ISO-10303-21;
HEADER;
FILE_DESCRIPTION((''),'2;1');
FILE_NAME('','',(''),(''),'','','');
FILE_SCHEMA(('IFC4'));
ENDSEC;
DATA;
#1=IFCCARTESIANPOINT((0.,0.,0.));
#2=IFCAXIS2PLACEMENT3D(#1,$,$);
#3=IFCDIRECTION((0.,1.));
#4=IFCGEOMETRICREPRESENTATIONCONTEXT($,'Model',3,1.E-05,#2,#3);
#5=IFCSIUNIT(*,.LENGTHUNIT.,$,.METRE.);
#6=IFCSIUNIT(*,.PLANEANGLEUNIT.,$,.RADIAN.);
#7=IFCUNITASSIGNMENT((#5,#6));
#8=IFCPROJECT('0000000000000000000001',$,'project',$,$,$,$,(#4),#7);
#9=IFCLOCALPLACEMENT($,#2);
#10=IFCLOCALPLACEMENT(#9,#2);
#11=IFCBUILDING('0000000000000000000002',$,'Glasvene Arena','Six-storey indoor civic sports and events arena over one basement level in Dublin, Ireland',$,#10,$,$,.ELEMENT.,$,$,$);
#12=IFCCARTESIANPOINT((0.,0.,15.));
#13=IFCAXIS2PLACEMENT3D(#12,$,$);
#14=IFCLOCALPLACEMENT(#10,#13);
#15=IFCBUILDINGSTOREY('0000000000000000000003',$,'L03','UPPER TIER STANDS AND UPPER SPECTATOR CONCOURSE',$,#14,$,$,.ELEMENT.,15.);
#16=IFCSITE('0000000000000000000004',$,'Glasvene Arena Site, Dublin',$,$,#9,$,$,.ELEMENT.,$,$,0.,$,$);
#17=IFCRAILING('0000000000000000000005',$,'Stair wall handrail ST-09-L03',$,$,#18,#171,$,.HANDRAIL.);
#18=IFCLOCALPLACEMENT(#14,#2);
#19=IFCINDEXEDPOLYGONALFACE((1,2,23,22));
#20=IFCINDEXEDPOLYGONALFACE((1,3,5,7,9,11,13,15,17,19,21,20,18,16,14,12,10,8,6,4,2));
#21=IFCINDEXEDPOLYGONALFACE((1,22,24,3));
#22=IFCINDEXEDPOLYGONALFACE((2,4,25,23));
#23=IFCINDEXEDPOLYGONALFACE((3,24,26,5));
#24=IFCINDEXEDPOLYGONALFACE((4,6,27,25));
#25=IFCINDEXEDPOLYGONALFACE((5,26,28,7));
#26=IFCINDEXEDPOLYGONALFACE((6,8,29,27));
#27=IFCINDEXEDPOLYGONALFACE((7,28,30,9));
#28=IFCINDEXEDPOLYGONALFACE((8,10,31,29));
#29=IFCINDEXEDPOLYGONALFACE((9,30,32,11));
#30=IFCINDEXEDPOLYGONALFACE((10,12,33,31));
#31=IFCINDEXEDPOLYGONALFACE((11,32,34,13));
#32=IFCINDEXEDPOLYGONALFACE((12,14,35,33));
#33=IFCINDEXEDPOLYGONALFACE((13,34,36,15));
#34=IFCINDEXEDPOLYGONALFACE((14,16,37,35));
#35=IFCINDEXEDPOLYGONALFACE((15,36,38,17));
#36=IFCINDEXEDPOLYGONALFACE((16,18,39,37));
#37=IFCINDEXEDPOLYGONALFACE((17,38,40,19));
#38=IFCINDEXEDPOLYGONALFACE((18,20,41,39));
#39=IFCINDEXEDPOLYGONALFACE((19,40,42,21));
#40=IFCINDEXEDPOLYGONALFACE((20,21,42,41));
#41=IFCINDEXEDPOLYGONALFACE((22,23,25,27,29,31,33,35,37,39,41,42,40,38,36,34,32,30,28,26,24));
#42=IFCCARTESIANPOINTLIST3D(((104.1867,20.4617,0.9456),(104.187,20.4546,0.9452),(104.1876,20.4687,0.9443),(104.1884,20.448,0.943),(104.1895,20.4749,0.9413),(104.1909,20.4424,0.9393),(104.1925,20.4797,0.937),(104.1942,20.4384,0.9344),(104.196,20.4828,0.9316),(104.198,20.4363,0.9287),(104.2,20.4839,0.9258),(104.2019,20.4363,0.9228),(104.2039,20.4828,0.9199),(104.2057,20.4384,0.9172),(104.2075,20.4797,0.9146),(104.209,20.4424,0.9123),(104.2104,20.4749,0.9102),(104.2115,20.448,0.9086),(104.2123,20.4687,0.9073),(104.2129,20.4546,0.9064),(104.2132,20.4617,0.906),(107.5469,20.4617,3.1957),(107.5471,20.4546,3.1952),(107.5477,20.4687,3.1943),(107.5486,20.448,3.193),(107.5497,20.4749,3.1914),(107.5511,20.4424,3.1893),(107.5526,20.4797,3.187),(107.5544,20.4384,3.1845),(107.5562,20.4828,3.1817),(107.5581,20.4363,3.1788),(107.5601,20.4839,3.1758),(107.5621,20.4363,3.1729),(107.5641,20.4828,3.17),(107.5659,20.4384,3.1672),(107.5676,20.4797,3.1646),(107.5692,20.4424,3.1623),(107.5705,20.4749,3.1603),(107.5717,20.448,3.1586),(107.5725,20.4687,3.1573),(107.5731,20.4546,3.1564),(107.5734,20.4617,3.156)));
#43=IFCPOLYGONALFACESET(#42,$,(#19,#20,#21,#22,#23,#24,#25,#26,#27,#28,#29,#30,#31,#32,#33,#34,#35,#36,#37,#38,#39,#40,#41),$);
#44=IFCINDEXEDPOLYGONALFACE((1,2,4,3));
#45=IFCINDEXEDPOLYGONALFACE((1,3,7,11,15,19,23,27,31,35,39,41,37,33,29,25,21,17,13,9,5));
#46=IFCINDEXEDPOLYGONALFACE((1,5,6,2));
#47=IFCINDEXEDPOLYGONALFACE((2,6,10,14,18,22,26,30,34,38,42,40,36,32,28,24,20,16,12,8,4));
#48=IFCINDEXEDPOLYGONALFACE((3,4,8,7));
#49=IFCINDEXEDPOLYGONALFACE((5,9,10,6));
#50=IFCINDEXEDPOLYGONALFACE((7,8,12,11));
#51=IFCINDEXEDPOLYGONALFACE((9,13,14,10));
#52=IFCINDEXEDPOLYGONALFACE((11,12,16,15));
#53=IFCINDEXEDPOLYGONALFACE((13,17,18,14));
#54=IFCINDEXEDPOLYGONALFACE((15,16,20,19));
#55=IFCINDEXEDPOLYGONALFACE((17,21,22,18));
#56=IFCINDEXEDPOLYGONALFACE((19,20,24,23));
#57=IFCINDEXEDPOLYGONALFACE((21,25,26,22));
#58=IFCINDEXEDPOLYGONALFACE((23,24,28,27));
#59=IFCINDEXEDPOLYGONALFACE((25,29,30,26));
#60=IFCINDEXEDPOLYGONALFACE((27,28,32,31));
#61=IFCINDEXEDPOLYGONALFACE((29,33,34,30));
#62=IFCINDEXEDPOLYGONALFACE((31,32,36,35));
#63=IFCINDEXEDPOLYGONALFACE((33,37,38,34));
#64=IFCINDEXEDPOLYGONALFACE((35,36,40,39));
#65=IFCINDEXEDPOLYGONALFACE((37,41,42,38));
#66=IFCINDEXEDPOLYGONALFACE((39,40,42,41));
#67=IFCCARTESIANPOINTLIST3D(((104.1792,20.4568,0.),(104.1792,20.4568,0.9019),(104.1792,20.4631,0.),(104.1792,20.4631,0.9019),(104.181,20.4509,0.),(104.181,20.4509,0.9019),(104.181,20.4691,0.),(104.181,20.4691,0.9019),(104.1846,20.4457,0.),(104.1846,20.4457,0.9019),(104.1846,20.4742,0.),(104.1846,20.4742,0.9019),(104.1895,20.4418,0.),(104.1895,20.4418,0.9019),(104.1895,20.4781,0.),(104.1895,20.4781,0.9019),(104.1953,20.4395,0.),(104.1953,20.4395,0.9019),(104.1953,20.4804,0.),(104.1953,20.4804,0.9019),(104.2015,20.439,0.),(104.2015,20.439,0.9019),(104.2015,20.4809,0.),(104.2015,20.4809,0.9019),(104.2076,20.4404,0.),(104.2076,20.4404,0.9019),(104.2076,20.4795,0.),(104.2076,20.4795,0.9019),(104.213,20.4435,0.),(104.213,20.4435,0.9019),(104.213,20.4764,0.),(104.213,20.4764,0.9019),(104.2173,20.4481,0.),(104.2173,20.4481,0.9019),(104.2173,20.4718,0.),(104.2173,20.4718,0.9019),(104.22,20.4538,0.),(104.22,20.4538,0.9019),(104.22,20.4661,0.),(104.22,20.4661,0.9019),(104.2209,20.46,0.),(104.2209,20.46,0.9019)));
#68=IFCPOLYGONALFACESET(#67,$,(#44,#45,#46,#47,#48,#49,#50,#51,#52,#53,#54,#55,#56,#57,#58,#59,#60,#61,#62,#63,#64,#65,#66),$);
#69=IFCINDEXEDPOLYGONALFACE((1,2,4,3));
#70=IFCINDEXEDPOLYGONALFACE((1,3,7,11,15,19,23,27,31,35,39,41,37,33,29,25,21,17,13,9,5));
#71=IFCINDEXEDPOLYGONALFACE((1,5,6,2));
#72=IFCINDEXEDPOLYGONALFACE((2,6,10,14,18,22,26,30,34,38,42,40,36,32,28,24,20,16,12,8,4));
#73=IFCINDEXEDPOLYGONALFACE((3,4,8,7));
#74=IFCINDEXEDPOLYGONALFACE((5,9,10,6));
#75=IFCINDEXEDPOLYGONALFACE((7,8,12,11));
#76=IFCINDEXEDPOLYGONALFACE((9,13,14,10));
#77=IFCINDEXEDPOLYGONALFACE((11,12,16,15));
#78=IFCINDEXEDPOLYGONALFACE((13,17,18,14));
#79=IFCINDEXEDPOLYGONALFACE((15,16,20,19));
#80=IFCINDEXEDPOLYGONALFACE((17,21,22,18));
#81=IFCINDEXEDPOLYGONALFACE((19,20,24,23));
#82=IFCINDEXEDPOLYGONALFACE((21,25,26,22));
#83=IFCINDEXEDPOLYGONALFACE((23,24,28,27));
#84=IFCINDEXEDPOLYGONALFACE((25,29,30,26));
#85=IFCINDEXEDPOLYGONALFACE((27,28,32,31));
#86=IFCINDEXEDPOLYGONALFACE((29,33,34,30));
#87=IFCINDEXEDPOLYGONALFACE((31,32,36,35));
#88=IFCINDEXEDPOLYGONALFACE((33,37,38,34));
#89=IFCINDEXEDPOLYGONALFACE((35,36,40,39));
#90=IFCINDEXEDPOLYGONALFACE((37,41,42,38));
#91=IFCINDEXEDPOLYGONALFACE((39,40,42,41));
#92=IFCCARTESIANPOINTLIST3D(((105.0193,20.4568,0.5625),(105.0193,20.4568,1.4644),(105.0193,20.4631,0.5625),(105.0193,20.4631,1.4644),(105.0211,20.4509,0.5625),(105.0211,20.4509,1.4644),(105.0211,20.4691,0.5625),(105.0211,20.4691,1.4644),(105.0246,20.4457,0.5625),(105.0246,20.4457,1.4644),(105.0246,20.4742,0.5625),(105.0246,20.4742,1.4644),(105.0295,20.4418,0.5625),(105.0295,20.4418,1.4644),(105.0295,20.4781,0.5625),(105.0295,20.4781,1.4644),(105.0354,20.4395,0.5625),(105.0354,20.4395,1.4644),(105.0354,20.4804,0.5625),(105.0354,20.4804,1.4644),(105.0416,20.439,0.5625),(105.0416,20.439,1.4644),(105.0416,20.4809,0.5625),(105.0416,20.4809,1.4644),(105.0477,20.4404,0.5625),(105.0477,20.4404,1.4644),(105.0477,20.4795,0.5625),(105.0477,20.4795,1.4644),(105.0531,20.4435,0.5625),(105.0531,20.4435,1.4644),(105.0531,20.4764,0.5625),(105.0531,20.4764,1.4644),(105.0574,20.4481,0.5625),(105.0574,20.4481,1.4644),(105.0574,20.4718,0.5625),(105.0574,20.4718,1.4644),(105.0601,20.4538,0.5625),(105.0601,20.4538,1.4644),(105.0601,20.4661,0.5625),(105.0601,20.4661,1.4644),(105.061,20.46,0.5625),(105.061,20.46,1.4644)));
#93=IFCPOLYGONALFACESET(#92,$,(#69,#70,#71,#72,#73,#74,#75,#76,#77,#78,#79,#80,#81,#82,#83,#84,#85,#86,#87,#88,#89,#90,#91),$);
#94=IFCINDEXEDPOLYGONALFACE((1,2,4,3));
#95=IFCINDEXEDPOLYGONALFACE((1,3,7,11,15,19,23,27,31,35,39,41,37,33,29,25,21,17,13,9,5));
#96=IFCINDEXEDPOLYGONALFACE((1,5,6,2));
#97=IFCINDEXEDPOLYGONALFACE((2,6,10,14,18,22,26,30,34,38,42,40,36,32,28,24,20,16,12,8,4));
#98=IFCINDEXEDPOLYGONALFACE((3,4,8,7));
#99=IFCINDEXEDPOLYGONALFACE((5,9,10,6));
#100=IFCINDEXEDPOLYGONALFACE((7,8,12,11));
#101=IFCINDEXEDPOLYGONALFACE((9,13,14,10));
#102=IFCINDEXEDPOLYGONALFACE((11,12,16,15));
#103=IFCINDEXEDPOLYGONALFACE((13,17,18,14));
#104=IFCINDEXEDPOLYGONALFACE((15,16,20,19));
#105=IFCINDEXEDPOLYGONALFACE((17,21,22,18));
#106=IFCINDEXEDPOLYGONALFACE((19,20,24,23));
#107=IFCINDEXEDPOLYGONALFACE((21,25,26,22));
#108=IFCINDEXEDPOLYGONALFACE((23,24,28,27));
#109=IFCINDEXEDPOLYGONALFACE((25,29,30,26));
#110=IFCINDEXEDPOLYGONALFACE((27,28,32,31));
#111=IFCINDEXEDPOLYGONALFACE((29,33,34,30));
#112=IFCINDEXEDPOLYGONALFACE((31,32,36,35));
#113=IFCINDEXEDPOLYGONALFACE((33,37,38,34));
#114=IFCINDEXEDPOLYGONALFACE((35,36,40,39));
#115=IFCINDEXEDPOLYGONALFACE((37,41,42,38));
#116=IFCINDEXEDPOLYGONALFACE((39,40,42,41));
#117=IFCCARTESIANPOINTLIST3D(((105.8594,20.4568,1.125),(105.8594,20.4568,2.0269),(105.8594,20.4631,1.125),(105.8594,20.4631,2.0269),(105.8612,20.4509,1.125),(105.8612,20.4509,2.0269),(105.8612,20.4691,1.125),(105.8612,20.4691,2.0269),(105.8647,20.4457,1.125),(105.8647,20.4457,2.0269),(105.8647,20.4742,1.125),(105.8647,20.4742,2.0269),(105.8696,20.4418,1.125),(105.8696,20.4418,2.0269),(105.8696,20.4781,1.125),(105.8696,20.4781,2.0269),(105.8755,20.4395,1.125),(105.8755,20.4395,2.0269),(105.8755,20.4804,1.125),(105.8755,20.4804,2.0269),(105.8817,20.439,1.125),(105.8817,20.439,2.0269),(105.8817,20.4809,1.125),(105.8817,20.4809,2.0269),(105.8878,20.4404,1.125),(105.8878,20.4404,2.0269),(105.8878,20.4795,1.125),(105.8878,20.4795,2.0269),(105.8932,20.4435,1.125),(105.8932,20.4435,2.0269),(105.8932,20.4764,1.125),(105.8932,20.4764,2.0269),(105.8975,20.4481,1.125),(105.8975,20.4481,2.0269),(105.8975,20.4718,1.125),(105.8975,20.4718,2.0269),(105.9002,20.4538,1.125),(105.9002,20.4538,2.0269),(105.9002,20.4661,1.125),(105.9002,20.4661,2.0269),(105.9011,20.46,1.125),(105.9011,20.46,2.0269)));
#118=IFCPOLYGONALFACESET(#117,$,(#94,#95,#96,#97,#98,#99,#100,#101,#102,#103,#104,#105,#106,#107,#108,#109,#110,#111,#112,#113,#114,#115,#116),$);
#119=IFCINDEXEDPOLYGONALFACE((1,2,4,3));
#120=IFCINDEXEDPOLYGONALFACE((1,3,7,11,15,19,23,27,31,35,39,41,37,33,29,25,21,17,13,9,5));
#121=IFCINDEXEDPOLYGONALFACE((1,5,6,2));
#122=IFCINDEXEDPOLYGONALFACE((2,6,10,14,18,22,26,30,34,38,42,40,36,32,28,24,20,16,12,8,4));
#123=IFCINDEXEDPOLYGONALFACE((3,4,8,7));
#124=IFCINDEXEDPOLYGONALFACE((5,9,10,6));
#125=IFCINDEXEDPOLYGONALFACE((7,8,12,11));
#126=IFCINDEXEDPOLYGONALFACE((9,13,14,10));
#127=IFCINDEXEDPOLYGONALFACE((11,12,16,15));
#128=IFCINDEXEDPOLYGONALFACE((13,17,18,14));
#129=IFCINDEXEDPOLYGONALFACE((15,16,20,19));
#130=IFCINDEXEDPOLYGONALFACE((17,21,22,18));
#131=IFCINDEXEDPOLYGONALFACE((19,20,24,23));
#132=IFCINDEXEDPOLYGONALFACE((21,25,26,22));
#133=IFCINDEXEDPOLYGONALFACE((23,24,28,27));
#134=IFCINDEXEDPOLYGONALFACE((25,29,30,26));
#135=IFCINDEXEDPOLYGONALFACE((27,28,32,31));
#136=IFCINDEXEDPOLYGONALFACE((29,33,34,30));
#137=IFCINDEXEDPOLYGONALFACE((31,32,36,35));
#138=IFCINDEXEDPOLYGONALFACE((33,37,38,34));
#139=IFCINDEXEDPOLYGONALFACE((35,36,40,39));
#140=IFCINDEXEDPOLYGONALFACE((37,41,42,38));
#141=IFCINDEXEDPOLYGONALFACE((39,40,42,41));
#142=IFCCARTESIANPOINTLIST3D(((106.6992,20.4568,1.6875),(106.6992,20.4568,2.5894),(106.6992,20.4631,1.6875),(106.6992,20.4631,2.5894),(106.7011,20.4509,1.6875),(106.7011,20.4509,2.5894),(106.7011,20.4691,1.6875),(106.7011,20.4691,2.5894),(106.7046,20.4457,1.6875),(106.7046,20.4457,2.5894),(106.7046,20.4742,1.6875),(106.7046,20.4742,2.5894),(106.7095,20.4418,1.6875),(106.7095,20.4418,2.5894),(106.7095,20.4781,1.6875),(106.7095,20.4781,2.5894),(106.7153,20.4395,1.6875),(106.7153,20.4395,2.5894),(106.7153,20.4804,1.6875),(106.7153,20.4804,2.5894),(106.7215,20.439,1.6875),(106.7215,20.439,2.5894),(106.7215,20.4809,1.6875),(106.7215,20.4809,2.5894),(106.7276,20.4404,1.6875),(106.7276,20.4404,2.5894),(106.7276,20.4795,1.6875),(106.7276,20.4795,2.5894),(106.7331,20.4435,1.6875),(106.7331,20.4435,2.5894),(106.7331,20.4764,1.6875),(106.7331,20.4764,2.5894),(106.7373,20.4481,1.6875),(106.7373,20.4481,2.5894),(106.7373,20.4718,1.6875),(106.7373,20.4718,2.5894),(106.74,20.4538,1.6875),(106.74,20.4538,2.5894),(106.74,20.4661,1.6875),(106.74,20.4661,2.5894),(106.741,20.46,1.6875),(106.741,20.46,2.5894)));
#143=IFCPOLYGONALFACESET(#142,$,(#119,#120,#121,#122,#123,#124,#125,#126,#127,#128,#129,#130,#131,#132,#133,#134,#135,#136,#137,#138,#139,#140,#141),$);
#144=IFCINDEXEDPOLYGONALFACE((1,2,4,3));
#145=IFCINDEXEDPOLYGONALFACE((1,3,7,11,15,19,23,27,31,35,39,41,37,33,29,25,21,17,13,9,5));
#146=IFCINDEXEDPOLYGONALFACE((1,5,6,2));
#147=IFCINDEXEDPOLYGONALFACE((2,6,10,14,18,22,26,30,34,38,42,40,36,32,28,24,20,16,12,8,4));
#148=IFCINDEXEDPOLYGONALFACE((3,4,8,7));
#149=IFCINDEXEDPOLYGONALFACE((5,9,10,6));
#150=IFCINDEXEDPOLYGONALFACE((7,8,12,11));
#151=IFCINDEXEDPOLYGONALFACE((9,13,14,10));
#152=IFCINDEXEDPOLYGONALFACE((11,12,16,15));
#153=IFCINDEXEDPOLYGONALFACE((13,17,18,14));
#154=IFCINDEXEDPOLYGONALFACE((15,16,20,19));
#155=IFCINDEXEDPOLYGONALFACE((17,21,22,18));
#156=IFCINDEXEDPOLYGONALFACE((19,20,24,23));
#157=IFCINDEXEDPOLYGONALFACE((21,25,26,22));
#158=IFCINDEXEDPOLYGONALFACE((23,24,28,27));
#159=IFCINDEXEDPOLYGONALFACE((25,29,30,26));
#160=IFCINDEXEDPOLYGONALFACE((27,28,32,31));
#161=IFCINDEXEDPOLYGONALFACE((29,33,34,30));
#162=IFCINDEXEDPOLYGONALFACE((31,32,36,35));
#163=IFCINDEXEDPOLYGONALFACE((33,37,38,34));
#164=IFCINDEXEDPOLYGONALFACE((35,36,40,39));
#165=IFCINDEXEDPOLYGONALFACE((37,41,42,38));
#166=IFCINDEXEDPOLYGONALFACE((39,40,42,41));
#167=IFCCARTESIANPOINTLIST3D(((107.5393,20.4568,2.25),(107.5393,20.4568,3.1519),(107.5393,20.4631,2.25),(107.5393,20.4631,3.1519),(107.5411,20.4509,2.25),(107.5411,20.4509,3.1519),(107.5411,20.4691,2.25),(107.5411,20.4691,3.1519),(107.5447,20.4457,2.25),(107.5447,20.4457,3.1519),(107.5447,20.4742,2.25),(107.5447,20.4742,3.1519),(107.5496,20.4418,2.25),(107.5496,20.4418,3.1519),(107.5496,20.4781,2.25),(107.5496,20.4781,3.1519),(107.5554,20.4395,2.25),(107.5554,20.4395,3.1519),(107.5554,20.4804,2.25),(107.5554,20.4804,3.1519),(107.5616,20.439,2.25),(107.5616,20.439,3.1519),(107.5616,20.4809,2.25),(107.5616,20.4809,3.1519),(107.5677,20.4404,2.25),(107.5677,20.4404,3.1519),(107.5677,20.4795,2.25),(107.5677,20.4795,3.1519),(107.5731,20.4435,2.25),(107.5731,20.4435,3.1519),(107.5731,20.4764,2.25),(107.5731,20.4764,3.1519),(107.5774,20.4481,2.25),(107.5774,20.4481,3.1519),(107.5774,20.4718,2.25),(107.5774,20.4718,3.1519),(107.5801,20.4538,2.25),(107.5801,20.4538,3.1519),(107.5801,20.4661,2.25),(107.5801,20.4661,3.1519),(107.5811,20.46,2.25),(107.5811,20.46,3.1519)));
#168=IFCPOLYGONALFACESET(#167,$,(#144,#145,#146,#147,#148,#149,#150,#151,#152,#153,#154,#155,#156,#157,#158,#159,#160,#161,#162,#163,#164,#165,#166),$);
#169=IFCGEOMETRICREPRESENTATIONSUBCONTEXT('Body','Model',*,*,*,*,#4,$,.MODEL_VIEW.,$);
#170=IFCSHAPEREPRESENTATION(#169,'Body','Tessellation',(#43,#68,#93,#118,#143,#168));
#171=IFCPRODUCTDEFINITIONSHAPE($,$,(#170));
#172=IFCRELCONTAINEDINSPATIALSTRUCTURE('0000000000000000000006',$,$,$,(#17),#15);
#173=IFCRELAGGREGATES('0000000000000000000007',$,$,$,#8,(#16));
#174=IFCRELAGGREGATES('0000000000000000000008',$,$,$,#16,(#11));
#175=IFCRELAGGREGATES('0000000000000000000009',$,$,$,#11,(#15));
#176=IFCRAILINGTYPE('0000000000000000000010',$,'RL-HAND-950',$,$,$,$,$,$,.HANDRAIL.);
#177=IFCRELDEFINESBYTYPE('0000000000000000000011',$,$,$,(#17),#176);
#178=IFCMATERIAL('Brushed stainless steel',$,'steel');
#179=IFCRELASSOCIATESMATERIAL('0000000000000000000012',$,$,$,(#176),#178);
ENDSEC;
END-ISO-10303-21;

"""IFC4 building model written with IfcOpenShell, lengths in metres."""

from ifc_helpers import new_model, si_unit, direction, frame, origin, origin_2d, place, context, subcontext, project, spatial, circle, extrude, material, type_object, element, save


model = new_model("IFC4")

# Units and contexts
model_context = context("Model", 3, precision=1e-05, world=origin(), true_north=direction((0.0, 1.0)))
body_context = subcontext(model_context, "Body", "Model", "MODEL_VIEW")
ifc_project = project(units=[si_unit("LENGTHUNIT", "METRE"), si_unit("PLANEANGLEUNIT", "RADIAN")], contexts=[model_context])

# Site, building, storey
site_placement = place(None, origin())
site = spatial("IfcSite", under=ifc_project, at=site_placement, Name="Glasvene Arena Site, Dublin", CompositionType="ELEMENT", RefElevation=0.0)
building_placement = place(site_placement, origin())
building = spatial("IfcBuilding", under=site, at=building_placement, Name="Glasvene Arena", Description="Six-storey indoor civic sports and events arena over one basement level in Dublin, Ireland", CompositionType="ELEMENT")
storey_placement = place(building_placement, frame((0.0, 0.0, 15.0)))
storey = spatial("IfcBuildingStorey", under=building, at=storey_placement, Name="L03", Description="UPPER TIER STANDS AND UPPER SPECTATOR CONCOURSE", CompositionType="ELEMENT", Elevation=15.0)

# Railing
ifc_material_1 = material(Name="Brushed stainless steel", Category="steel")
railing_type_1 = type_object("IfcRailingType", Name="RL-HAND-950", PredefinedType="HANDRAIL", material=ifc_material_1)
railing_1_placement = place(storey_placement, frame((104.2, 20.46, 0.0)))
element("IfcRailing", 1, at=railing_1_placement, inside=storey, type_object=railing_type_1, Name="Stair wall handrail ST-09-L03", PredefinedType="HANDRAIL", context=body_context, shape_type="SweptSolid", body=[
    extrude(circle(Radius=0.0239, at=origin_2d()), frame((0.0, 0.0, 0.9258), z_axis=(0.830915, 0.0, 0.556399), x_axis=(0.0, 1.0, 0.0)), (0.0, 0.0, 1.0), 4.0439),
    extrude(circle(Radius=0.021, at=origin_2d()), origin(), (0.0, 0.0, 1.0), 0.9019),
    extrude(circle(Radius=0.021, at=origin_2d()), frame((0.8401, 0.0, 0.5625)), (0.0, 0.0, 1.0), 0.9019),
    extrude(circle(Radius=0.021, at=origin_2d()), frame((1.6802, 0.0, 1.125)), (0.0, 0.0, 1.0), 0.9019),
    extrude(circle(Radius=0.021, at=origin_2d()), frame((2.52, 0.0, 1.6875)), (0.0, 0.0, 1.0), 0.9019),
    extrude(circle(Radius=0.021, at=origin_2d()), frame((3.3601, 0.0, 2.25)), (0.0, 0.0, 1.0), 0.9019),
])

save(model, "model.ifc")
